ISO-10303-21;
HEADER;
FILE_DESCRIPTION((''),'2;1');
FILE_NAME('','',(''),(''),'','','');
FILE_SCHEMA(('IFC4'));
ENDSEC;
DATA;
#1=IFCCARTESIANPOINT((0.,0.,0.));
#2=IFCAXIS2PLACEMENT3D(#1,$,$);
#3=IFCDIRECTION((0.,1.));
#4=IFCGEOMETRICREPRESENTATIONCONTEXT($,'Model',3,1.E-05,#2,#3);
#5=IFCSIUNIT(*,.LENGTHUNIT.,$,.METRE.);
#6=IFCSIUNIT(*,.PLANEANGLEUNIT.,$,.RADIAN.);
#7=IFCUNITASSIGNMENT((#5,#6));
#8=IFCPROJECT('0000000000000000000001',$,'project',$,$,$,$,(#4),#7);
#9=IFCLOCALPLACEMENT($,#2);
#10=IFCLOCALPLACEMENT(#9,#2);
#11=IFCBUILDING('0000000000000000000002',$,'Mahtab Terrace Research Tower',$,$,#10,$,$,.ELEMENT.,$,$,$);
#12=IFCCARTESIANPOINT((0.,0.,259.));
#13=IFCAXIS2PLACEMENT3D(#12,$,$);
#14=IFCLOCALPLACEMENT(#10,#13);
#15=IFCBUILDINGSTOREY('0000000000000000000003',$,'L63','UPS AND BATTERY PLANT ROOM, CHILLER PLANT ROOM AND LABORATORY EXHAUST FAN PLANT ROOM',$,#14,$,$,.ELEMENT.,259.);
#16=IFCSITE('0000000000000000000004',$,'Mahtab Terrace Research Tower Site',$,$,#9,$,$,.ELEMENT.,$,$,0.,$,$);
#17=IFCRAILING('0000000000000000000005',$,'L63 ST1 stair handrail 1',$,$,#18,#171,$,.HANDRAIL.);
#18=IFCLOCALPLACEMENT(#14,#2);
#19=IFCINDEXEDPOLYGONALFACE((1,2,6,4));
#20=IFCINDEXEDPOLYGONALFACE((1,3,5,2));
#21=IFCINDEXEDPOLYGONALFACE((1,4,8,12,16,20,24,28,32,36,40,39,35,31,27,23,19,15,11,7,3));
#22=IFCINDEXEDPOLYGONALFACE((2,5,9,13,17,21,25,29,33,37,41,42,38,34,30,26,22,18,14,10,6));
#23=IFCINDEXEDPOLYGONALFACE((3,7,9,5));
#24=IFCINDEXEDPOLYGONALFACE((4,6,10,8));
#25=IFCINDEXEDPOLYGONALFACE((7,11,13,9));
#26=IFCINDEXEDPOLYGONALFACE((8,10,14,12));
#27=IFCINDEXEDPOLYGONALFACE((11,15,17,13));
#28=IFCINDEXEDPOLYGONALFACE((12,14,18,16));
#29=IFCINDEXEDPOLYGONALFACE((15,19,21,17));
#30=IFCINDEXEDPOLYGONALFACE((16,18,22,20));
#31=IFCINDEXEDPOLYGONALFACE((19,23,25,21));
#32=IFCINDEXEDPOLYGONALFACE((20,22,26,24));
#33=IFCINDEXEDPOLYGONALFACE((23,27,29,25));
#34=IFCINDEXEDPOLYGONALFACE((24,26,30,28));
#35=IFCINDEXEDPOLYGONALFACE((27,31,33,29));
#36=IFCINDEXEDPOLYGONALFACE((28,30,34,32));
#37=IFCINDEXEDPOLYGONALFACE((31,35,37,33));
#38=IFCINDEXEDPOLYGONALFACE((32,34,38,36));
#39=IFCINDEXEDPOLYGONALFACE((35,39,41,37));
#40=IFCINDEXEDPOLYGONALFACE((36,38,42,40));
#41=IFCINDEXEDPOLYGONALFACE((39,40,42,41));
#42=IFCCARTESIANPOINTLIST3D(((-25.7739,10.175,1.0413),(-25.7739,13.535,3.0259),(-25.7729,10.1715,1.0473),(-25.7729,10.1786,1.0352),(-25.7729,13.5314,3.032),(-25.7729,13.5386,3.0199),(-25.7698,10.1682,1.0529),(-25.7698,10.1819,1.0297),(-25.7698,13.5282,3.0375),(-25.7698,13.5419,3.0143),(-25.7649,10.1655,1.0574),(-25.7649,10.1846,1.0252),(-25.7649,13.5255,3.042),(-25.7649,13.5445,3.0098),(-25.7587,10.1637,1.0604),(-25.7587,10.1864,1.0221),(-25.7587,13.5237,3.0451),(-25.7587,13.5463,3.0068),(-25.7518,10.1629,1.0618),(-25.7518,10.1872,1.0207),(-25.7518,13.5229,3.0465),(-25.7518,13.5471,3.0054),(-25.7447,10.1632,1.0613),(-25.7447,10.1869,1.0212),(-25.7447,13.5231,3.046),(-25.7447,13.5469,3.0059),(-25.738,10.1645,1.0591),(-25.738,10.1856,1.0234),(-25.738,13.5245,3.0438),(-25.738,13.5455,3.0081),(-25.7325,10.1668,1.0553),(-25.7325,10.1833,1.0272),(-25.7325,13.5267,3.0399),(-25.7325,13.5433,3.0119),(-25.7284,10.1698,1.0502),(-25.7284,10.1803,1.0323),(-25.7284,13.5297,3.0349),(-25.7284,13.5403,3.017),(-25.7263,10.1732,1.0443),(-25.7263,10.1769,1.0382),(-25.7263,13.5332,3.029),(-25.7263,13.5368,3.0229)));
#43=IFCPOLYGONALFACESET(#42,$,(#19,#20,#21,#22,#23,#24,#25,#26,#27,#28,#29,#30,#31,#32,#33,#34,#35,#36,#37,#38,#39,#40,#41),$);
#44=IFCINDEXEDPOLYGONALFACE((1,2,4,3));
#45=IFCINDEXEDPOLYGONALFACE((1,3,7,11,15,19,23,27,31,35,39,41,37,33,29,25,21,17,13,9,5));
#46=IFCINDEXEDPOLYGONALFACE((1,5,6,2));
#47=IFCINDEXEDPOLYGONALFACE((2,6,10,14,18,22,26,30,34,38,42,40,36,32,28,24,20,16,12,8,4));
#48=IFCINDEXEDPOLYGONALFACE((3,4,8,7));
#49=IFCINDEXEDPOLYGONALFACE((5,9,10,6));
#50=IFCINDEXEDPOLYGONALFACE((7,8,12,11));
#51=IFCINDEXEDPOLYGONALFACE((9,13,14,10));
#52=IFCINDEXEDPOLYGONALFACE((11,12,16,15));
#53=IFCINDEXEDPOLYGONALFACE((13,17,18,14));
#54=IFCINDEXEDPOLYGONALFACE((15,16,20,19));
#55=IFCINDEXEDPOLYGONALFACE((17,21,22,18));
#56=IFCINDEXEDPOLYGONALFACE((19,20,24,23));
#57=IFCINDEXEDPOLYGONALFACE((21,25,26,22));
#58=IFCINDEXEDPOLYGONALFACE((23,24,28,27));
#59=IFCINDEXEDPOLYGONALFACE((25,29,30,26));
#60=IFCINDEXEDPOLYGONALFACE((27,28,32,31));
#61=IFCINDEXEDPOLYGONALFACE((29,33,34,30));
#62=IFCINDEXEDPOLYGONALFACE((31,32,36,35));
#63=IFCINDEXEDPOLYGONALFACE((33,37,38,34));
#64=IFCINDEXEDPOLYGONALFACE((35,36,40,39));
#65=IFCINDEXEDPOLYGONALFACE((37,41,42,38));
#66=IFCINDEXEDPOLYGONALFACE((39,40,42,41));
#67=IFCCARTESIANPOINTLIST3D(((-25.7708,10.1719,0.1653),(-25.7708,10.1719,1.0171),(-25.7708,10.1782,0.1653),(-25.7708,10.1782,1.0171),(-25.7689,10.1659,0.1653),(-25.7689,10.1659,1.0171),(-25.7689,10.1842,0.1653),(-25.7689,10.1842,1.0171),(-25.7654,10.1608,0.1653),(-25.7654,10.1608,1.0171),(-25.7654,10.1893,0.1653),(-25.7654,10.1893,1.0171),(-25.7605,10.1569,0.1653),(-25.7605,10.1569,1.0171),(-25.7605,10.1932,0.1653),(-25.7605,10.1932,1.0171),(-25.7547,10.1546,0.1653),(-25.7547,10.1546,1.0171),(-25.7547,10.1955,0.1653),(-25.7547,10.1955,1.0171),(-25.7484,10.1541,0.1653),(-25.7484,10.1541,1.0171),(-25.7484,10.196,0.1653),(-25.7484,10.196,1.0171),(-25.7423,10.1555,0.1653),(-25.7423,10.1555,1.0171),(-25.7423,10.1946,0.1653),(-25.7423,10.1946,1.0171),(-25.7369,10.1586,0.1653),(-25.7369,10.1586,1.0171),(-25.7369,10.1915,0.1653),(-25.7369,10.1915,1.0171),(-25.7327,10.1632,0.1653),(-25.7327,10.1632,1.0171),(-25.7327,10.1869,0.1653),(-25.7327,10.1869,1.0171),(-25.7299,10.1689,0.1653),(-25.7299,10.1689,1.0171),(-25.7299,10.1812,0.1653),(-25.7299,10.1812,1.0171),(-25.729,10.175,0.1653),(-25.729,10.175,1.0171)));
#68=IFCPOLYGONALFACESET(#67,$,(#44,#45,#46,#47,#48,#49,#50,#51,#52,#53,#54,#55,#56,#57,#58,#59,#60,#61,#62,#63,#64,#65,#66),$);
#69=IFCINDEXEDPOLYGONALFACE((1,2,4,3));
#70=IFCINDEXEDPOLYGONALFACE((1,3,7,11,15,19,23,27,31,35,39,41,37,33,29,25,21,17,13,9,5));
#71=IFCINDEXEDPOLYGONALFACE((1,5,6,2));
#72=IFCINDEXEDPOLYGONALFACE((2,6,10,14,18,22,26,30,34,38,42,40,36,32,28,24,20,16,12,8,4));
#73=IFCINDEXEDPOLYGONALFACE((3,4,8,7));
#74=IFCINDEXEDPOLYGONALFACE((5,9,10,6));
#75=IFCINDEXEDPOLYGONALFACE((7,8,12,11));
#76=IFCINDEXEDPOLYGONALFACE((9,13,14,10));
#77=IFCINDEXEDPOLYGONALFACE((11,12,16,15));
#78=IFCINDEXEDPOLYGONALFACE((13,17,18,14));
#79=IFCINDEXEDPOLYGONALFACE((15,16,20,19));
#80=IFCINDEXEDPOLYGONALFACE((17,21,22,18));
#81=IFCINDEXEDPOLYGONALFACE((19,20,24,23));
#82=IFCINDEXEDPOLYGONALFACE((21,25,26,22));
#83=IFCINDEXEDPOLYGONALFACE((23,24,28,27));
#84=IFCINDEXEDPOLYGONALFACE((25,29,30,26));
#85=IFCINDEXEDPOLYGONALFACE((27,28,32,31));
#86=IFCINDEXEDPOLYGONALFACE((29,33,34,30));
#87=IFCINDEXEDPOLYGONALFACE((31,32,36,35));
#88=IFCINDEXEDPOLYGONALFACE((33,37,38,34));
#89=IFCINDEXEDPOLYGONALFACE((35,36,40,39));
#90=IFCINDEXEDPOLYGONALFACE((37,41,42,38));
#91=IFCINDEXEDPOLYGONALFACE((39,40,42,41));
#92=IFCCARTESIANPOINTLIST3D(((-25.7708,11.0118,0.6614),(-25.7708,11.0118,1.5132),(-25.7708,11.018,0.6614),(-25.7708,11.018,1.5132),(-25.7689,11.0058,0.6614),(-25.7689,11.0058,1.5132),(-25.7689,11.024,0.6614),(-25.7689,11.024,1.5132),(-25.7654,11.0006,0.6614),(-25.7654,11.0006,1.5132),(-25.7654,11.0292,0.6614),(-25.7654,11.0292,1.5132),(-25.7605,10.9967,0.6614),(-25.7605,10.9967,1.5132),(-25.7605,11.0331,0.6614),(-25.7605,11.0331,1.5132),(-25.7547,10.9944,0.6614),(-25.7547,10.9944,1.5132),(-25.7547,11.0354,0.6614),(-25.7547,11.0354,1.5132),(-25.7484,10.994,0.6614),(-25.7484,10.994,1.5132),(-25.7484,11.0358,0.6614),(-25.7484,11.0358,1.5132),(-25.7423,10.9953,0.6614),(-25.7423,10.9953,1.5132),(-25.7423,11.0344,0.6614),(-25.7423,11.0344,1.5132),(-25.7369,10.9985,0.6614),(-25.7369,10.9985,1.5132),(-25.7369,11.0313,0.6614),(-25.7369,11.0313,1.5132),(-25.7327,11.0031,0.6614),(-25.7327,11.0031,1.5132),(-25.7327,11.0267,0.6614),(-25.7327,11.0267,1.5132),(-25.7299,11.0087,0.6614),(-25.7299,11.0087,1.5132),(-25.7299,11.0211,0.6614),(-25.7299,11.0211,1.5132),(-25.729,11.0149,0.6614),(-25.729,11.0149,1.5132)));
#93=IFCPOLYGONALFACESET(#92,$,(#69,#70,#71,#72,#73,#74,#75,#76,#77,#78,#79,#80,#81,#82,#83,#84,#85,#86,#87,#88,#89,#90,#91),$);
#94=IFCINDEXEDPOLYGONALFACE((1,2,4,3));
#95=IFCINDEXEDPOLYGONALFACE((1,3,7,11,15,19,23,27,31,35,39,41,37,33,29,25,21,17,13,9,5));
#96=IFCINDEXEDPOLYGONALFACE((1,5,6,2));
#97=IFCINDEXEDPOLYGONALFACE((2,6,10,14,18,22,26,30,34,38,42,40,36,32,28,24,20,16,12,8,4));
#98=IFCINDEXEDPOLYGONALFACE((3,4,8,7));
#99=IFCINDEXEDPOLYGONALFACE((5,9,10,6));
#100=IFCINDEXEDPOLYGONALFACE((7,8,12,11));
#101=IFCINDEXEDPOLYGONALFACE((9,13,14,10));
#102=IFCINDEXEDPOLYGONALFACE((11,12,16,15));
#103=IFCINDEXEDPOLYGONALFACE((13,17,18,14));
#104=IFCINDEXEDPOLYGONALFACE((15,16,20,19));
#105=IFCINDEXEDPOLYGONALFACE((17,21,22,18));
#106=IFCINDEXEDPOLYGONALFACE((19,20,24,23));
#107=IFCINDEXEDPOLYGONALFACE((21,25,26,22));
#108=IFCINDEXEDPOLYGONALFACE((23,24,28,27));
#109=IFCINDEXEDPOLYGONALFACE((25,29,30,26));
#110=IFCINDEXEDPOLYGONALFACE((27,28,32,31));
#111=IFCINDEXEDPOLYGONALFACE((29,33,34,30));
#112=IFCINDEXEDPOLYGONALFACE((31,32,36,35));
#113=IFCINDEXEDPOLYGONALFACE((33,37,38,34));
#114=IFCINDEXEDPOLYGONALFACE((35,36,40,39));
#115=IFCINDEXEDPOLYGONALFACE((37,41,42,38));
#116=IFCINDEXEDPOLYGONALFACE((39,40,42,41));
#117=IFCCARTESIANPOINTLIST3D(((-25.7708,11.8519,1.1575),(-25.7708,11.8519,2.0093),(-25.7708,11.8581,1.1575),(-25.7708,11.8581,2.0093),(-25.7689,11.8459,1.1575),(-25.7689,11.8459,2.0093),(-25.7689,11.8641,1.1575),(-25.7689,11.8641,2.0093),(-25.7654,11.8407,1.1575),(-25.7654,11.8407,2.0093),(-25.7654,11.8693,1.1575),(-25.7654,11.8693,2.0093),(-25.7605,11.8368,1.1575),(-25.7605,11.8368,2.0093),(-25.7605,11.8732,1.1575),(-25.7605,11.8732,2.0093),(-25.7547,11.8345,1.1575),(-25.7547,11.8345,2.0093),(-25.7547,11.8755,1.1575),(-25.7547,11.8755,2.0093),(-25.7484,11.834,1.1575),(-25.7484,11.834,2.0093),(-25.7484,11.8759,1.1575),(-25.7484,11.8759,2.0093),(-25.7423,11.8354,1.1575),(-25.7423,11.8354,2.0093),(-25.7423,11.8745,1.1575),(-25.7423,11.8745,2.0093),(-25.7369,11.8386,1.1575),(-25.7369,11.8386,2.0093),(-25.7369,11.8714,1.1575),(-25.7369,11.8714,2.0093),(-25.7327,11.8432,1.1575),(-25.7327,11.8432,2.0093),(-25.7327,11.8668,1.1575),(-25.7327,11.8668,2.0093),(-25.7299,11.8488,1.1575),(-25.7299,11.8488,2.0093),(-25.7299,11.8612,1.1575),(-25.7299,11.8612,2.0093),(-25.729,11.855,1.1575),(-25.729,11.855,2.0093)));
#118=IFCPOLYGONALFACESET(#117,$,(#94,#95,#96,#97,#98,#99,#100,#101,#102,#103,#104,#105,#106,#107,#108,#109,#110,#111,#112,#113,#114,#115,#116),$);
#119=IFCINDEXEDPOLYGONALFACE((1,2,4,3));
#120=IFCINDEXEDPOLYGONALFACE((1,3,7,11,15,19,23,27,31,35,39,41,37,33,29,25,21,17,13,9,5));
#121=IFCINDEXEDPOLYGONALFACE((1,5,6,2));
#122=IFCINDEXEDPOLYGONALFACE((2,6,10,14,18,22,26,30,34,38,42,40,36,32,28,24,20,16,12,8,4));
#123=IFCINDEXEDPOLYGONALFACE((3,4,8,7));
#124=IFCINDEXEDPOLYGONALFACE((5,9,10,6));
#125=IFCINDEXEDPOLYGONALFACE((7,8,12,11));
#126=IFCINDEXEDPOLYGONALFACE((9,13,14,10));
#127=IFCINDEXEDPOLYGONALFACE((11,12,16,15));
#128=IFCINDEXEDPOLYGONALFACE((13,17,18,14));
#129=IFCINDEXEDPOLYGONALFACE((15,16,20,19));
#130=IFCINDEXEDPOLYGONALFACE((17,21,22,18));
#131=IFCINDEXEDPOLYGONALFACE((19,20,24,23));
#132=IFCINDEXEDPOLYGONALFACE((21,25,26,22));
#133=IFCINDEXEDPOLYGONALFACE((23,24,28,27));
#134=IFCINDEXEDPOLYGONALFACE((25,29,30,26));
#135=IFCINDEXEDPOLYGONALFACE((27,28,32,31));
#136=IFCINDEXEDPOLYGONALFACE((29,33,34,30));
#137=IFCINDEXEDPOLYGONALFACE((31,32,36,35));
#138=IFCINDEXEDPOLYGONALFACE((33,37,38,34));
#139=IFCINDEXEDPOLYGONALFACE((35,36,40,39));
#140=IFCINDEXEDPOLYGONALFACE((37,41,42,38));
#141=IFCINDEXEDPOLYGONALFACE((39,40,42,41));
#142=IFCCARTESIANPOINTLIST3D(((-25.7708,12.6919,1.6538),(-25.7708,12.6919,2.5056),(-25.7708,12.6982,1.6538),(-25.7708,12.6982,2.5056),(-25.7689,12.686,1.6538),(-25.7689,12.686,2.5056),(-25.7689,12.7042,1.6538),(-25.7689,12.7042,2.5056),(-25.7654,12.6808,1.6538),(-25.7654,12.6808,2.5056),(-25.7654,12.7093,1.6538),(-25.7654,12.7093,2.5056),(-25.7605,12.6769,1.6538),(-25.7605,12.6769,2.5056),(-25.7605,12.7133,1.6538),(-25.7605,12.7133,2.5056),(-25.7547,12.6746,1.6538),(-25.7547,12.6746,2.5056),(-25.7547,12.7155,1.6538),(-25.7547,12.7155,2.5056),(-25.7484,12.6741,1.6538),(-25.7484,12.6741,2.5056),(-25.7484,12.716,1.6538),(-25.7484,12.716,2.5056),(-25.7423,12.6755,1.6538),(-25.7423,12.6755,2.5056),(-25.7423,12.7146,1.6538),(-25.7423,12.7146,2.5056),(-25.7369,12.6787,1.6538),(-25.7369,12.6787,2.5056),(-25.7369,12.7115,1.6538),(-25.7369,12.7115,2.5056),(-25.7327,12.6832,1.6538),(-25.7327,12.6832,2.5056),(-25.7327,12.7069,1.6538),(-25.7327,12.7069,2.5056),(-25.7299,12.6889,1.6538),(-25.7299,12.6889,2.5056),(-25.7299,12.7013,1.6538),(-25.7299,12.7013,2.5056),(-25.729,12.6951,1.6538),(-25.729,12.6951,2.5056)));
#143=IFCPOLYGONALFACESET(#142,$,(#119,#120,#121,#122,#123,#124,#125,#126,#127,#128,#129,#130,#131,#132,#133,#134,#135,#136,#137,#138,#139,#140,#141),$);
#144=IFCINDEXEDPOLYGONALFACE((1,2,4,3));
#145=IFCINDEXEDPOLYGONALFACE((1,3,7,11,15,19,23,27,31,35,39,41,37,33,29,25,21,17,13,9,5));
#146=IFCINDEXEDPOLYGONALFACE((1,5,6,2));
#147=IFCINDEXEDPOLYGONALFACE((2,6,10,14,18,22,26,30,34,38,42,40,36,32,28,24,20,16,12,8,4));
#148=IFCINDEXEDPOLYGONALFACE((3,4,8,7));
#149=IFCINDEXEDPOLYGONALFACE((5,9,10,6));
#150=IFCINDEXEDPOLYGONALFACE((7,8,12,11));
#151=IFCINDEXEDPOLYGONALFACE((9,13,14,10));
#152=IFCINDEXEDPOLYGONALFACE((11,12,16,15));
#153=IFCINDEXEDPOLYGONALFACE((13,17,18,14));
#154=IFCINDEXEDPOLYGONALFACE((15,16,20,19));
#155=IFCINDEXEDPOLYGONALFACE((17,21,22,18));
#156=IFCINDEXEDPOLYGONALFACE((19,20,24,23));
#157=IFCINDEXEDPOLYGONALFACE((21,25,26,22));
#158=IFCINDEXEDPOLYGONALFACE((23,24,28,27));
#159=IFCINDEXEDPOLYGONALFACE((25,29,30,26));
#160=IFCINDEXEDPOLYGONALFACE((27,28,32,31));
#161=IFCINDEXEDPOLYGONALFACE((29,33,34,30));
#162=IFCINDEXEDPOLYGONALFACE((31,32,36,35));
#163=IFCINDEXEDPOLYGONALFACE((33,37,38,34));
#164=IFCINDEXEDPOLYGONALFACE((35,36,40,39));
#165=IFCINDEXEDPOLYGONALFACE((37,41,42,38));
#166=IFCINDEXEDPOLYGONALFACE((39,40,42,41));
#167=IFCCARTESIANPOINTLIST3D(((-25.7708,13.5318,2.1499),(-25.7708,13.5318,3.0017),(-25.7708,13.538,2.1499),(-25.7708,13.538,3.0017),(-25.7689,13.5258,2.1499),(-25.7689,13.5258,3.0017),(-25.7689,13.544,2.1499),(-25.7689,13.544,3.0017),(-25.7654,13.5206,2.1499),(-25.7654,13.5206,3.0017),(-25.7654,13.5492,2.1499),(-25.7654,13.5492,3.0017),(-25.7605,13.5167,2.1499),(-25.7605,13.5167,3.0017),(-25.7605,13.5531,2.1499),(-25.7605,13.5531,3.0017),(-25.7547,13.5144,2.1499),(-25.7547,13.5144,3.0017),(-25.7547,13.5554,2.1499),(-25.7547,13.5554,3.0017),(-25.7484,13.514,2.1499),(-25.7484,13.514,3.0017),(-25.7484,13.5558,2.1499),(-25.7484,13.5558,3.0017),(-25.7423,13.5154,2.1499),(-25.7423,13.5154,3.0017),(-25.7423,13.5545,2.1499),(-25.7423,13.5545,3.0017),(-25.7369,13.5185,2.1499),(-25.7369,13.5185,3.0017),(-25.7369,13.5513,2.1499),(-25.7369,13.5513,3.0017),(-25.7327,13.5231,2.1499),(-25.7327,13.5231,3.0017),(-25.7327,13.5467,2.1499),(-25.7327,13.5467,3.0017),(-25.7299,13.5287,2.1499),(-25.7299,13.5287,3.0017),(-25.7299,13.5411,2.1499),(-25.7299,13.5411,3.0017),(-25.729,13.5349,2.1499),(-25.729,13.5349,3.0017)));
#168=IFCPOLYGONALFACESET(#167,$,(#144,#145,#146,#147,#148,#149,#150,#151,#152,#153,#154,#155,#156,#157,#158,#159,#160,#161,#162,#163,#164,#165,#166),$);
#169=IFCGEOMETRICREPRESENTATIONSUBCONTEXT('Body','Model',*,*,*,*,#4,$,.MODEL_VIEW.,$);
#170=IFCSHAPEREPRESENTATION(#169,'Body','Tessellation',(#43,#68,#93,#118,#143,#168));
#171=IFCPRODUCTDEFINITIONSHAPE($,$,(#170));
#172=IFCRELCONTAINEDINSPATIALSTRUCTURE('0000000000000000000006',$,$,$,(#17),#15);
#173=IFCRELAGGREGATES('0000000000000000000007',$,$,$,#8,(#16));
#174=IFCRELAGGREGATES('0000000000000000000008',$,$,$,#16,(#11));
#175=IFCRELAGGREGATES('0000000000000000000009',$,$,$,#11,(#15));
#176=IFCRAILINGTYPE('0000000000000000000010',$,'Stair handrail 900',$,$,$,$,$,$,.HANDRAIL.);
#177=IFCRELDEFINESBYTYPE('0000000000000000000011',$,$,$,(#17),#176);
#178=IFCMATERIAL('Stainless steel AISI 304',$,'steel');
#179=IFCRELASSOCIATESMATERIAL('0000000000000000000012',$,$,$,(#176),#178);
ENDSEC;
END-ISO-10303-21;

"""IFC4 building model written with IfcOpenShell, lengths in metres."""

from ifc_helpers import new_model, si_unit, direction, frame, origin, origin_2d, place, context, subcontext, project, spatial, circle, extrude, material, type_object, element, save


model = new_model("IFC4")

# Units and contexts
model_context = context("Model", 3, precision=1e-05, world=origin(), true_north=direction((0.0, 1.0)))
body_context = subcontext(model_context, "Body", "Model", "MODEL_VIEW")
ifc_project = project(units=[si_unit("LENGTHUNIT", "METRE"), si_unit("PLANEANGLEUNIT", "RADIAN")], contexts=[model_context])

# Site, building, storey
site_placement = place(None, origin())
site = spatial("IfcSite", under=ifc_project, at=site_placement, Name="Mahtab Terrace Research Tower Site", CompositionType="ELEMENT", RefElevation=0.0)
building_placement = place(site_placement, origin())
building = spatial("IfcBuilding", under=site, at=building_placement, Name="Mahtab Terrace Research Tower", CompositionType="ELEMENT")
storey_placement = place(building_placement, frame((0.0, 0.0, 259.0)))
storey = spatial("IfcBuildingStorey", under=building, at=storey_placement, Name="L63", Description="UPS AND BATTERY PLANT ROOM, CHILLER PLANT ROOM AND LABORATORY EXHAUST FAN PLANT ROOM", CompositionType="ELEMENT", Elevation=259.0)

# Railing
ifc_material_1 = material(Name="Stainless steel AISI 304", Category="steel")
railing_type_1 = type_object("IfcRailingType", Name="Stair handrail 900", PredefinedType="HANDRAIL", material=ifc_material_1)
railing_1_placement = place(storey_placement, frame((-25.75, 10.175, 0.1653)))
element("IfcRailing", 1, at=railing_1_placement, inside=storey, type_object=railing_type_1, Name="L63 ST1 stair handrail 1", PredefinedType="HANDRAIL", context=body_context, shape_type="SweptSolid", body=[
    extrude(circle(Radius=0.0239, at=origin_2d()), frame((0.0, 0.0, 0.876), z_axis=(0.0, 0.861011, 0.508586), x_axis=(-1.0, 0.0, 0.0)), (0.0, 0.0, 1.0), 3.9023),
    extrude(circle(Radius=0.021, at=origin_2d()), origin(), (0.0, 0.0, 1.0), 0.8518),
    extrude(circle(Radius=0.021, at=origin_2d()), frame((0.0, 0.8398, 0.4961)), (0.0, 0.0, 1.0), 0.8518),
    extrude(circle(Radius=0.021, at=origin_2d()), frame((0.0, 1.6799, 0.9922)), (0.0, 0.0, 1.0), 0.8518),
    extrude(circle(Radius=0.021, at=origin_2d()), frame((0.0, 2.52, 1.4885)), (0.0, 0.0, 1.0), 0.8518),
    extrude(circle(Radius=0.021, at=origin_2d()), frame((0.0, 3.3599, 1.9846)), (0.0, 0.0, 1.0), 0.8518),
])

save(model, "model.ifc")
